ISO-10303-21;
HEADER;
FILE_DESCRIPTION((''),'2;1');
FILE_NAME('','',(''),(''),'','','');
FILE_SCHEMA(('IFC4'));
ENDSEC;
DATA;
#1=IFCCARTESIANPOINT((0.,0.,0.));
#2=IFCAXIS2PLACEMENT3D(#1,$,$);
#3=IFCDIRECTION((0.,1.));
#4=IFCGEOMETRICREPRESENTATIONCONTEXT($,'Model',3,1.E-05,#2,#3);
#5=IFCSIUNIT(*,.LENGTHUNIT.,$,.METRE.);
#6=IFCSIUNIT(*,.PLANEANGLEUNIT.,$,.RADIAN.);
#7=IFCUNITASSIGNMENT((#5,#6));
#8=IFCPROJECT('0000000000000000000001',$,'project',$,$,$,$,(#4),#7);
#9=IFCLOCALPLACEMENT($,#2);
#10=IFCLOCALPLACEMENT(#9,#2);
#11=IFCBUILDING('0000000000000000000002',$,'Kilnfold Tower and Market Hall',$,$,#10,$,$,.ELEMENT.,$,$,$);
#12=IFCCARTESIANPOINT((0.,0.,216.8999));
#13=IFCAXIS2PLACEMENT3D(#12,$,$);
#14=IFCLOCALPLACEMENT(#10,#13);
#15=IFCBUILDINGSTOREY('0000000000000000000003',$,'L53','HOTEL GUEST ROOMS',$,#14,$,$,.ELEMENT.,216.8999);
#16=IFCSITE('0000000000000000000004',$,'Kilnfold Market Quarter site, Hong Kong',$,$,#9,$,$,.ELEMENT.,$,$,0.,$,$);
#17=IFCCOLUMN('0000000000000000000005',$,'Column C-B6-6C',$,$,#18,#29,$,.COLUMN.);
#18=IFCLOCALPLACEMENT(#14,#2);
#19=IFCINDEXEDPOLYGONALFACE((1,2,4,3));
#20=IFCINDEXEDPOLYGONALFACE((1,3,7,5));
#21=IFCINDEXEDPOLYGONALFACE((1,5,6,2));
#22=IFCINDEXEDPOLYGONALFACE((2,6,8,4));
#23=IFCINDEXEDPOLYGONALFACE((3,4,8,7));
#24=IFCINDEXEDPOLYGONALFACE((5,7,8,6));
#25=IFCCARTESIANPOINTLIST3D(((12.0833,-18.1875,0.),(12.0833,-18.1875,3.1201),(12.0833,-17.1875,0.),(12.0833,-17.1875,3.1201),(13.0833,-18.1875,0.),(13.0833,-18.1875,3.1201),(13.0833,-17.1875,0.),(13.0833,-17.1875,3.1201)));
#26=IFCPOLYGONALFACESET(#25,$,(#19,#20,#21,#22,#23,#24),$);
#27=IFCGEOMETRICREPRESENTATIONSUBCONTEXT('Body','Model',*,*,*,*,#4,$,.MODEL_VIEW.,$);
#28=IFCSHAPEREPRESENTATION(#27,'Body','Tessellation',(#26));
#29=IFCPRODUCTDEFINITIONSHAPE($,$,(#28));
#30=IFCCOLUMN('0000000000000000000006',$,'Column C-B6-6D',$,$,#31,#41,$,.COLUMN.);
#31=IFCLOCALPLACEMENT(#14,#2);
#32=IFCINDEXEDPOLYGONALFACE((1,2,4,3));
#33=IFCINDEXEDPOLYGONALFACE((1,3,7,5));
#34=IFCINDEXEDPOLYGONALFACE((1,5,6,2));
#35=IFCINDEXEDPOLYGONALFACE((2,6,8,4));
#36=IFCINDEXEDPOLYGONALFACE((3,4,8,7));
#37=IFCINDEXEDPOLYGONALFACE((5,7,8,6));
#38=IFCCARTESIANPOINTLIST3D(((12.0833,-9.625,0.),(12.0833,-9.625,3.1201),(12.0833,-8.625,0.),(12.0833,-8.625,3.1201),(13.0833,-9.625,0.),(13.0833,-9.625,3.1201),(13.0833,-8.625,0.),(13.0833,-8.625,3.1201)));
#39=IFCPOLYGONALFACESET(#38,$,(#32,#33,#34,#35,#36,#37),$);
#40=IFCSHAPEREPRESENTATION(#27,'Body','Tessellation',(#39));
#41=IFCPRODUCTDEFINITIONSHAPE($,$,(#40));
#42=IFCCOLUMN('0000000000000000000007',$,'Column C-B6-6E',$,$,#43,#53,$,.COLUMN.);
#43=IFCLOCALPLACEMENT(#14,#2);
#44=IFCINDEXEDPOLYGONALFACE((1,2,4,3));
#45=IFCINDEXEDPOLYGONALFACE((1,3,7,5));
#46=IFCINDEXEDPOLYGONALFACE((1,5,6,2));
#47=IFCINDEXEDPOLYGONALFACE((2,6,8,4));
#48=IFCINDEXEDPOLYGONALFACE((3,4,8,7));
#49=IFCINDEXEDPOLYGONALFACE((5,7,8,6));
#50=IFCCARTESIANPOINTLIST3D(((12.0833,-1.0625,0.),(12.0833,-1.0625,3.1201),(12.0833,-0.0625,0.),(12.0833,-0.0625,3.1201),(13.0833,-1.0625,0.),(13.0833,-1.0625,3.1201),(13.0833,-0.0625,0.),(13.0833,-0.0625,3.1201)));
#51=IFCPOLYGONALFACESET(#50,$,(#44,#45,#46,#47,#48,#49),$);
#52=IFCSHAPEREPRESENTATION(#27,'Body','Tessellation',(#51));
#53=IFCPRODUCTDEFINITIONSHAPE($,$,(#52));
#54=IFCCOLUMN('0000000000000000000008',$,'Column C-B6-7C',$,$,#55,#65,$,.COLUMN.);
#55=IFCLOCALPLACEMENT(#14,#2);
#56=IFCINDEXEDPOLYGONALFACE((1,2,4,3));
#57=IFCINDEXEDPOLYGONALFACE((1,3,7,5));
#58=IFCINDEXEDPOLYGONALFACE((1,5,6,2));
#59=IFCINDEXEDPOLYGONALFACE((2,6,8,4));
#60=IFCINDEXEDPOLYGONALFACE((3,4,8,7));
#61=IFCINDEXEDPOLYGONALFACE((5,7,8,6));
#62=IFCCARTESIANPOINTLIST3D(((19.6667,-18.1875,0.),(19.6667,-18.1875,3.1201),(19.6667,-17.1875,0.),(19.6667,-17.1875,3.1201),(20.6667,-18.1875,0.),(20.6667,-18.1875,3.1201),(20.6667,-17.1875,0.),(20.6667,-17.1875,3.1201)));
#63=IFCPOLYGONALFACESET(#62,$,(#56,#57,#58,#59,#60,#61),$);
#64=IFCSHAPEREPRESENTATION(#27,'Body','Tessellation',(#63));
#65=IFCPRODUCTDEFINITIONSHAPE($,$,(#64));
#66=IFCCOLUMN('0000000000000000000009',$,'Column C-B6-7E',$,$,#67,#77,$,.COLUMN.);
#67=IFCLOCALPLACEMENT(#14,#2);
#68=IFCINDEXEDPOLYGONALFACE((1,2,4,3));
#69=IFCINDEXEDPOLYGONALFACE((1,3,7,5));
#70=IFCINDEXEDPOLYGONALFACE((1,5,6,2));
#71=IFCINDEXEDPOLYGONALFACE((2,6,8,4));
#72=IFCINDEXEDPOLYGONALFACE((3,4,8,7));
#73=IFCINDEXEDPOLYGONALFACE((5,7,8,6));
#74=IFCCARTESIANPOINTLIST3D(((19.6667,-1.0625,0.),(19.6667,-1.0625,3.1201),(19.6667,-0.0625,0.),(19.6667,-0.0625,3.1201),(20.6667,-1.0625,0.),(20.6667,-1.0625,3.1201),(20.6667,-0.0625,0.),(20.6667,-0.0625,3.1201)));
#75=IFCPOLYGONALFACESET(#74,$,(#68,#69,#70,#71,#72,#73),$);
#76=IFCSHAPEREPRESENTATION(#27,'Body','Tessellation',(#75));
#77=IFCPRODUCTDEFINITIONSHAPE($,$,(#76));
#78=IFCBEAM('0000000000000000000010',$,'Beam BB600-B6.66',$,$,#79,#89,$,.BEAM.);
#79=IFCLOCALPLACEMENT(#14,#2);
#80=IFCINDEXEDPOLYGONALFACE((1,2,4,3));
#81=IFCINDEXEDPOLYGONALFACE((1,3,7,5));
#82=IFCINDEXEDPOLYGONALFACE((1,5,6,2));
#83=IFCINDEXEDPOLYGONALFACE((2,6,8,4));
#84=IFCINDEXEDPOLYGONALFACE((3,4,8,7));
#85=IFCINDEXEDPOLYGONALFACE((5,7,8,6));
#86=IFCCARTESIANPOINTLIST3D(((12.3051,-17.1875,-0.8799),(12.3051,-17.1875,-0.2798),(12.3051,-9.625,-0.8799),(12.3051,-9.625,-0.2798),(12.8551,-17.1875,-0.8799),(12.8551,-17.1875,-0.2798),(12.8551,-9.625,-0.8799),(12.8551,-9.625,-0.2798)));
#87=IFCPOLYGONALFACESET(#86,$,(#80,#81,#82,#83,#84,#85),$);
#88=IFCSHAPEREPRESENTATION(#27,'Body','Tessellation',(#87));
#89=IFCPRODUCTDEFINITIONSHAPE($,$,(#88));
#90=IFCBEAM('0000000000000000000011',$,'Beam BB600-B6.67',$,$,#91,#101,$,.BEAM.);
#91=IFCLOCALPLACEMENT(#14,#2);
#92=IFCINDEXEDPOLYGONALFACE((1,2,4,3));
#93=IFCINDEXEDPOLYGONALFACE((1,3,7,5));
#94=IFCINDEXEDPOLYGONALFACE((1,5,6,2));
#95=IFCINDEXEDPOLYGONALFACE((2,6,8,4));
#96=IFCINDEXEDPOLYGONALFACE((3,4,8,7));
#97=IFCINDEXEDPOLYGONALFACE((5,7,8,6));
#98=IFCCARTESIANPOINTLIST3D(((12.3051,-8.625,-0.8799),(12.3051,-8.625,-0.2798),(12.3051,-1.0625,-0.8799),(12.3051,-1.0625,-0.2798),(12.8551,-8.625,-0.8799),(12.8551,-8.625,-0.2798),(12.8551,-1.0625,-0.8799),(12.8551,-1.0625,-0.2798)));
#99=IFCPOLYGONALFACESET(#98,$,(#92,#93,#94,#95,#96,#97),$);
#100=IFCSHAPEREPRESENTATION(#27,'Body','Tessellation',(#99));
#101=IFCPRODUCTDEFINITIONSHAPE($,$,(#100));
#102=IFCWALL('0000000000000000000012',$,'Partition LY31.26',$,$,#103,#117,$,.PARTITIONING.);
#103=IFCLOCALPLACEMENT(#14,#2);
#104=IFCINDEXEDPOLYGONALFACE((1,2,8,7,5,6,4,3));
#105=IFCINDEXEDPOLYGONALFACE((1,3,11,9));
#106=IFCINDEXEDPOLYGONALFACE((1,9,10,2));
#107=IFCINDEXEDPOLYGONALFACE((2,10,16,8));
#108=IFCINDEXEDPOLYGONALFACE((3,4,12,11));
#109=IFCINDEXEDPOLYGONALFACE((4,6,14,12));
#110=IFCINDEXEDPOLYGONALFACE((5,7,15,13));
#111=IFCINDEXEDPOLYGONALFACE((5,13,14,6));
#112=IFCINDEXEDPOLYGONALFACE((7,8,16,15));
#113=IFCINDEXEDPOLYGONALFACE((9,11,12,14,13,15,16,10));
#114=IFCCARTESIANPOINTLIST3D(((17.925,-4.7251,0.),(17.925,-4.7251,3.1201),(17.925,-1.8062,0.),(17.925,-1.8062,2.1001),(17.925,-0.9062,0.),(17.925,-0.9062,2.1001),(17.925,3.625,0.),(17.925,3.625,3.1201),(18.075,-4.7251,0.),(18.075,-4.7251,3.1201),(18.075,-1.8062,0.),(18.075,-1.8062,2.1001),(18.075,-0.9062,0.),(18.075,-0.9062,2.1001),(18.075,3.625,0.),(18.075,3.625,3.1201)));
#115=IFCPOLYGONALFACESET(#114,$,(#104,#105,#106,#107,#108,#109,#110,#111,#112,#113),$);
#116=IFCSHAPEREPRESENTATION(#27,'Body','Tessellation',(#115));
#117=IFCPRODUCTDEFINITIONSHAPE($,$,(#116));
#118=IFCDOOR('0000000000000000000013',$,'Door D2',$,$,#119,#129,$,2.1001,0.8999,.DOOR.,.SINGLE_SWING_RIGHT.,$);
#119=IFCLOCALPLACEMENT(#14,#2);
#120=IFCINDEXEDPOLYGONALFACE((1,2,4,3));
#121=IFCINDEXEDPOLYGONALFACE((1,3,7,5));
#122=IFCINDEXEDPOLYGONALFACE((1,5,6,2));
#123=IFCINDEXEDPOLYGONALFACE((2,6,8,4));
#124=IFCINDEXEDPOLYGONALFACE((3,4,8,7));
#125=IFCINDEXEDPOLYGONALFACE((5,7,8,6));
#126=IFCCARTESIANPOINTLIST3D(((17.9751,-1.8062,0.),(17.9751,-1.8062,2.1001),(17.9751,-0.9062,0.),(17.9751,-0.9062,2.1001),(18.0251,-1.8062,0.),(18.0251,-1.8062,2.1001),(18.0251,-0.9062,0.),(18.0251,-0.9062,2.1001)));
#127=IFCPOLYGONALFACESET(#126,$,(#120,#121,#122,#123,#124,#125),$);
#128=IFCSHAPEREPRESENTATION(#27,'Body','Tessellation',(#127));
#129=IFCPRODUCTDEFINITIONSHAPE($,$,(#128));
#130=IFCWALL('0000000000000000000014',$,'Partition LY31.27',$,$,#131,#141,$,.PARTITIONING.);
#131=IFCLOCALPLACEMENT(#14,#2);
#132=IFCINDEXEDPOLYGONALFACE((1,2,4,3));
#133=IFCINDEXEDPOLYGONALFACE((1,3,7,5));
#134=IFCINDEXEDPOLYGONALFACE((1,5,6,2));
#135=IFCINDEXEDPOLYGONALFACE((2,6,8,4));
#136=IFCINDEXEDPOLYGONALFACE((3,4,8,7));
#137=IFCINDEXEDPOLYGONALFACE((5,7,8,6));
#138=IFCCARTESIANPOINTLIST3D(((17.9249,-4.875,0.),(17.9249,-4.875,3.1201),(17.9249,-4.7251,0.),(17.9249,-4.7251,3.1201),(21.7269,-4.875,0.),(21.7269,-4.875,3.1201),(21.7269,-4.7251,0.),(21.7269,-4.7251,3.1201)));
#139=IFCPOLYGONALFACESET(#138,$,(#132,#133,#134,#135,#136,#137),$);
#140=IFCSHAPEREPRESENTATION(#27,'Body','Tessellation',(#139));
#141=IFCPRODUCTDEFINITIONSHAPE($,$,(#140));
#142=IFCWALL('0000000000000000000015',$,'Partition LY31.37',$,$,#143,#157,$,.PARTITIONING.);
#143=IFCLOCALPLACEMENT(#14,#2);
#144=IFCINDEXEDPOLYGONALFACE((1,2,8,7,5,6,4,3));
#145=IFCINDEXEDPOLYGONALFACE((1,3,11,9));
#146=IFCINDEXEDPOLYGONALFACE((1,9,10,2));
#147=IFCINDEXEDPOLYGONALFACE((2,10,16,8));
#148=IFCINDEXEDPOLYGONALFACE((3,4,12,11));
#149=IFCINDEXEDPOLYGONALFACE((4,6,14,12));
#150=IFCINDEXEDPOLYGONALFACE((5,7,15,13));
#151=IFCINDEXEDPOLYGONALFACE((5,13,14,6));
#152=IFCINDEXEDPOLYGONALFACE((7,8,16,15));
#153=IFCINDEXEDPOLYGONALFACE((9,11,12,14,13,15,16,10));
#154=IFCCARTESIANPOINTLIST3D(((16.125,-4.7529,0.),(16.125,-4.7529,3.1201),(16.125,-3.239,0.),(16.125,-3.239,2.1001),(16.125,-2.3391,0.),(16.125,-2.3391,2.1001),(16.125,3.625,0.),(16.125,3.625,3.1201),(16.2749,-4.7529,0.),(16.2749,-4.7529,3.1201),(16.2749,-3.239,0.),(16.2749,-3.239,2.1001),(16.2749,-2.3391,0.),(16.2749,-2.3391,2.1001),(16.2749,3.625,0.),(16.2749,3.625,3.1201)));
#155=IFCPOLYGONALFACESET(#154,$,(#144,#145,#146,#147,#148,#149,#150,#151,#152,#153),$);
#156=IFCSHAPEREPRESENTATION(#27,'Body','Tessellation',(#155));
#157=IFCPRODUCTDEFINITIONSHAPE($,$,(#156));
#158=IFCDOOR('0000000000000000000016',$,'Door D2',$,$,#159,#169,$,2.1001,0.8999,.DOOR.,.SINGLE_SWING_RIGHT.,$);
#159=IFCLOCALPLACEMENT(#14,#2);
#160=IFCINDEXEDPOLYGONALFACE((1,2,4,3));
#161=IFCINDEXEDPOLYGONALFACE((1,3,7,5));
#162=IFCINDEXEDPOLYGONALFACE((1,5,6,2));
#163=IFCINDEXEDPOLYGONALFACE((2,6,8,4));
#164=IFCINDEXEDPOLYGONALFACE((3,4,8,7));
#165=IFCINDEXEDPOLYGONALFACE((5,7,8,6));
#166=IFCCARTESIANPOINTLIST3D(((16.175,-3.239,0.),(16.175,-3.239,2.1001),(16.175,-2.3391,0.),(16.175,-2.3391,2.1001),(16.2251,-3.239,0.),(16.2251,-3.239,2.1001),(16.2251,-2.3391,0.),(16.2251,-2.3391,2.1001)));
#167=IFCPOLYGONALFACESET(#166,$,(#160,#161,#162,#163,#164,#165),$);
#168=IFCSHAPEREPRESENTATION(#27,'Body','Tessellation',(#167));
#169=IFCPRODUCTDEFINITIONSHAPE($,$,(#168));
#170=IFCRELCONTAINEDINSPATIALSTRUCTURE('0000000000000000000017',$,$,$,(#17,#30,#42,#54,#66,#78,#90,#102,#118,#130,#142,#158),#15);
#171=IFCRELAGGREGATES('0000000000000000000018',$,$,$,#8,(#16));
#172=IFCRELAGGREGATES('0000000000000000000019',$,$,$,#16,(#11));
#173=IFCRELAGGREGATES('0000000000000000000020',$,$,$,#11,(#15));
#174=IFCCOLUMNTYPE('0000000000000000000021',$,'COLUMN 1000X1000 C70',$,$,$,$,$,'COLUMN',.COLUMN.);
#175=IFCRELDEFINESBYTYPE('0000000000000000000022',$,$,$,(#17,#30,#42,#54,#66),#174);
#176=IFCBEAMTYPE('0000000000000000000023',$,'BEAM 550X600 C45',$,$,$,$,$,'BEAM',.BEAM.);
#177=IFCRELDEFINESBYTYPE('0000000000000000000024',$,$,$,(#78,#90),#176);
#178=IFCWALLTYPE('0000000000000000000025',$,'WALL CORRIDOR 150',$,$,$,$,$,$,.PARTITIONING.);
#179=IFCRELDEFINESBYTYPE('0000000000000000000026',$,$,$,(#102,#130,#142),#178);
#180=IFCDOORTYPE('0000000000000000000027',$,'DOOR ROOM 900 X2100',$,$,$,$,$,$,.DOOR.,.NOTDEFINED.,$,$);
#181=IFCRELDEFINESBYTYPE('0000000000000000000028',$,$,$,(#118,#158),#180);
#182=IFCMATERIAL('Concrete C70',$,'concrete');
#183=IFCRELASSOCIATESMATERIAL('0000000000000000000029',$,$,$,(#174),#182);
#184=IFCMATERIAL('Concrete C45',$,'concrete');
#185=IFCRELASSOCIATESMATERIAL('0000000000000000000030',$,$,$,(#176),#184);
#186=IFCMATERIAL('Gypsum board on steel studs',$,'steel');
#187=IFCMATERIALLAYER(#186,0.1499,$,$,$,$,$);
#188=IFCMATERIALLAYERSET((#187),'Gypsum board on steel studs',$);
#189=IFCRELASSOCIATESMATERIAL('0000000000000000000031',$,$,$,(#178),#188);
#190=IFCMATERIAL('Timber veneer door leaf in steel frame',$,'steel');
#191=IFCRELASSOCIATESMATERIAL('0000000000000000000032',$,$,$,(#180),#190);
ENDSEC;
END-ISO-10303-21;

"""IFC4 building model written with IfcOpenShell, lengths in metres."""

from ifc_helpers import new_model, si_unit, direction, frame, frame_2d, origin, origin_2d, place, context, subcontext, project, spatial, rectangle, extrude, source, transform, mapped, material, layer, layer_set, material_profile, profile_set, type_object, element, fill, save


model = new_model("IFC4")

# Units and contexts
model_context = context("Model", 3, precision=1e-05, world=origin(), true_north=direction((0.0, 1.0)))
body_context = subcontext(model_context, "Body", "Model", "MODEL_VIEW")
ifc_project = project(units=[si_unit("LENGTHUNIT", "METRE"), si_unit("PLANEANGLEUNIT", "RADIAN")], contexts=[model_context])

# Site, building, storey
site_placement = place(None, origin())
site = spatial("IfcSite", under=ifc_project, at=site_placement, Name="Kilnfold Market Quarter site, Hong Kong", CompositionType="ELEMENT", RefElevation=0.0)
building_placement = place(site_placement, origin())
building = spatial("IfcBuilding", under=site, at=building_placement, Name="Kilnfold Tower and Market Hall", CompositionType="ELEMENT")
storey_placement = place(building_placement, frame((0.0, 0.0, 216.8999)))
storey = spatial("IfcBuildingStorey", under=building, at=storey_placement, Name="L53", Description="HOTEL GUEST ROOMS", CompositionType="ELEMENT", Elevation=216.8999)

# Columns
ifc_material_1 = material(Name="Concrete C70", Category="concrete")
ifc_material_profile_1 = material_profile(ifc_material_1, rectangle(XDim=1.0, YDim=1.0, at=origin_2d()), Name="RC 1000x1000")
ifc_profile_set_1 = profile_set([ifc_material_profile_1], Name="Concrete C70")
column_type = type_object("IfcColumnType", Name="COLUMN 1000X1000 C70", ElementType="COLUMN", PredefinedType="COLUMN", material=ifc_profile_set_1)
shared_shape_1 = source(origin(), body_context, "Body", "SweptSolid", [
    extrude(rectangle(XDim=1.0, YDim=1.0, at=origin_2d()), origin(), (0.0, 0.0, 1.0), 3.1201),
])
for number, where, z_axis, x_axis, name in (
    (1, (12.5833, -17.6875, 0.0), (0.0, 0.0, 1.0), (1.0, 0.0, 0.0), "Column C-B6-6C"),
    (2, (12.5833, -9.125, 0.0), (0.0, 0.0, 1.0), (1.0, 0.0, 0.0), "Column C-B6-6D"),
    (3, (12.5833, -0.5625, 0.0), (0.0, 0.0, 1.0), (1.0, 0.0, 0.0), "Column C-B6-6E"),
    (4, (20.1667, -17.6875, 0.0), (0.0, 0.0, 1.0), (1.0, 0.0, 0.0), "Column C-B6-7C"),
    (5, (20.1667, -0.5625, 0.0), (0.0, 0.0, 1.0), (1.0, 0.0, 0.0), "Column C-B6-7E"),
):
    element("IfcColumn", number, at=place(storey_placement, frame(where, z_axis=z_axis, x_axis=x_axis)), inside=storey, type_object=column_type, Name=name, PredefinedType="COLUMN", context=body_context, shape_type="MappedRepresentation", body=[
        mapped(shared_shape_1, transform((0.0, 0.0, 0.0))),
    ])

# Beams
ifc_material_2 = material(Name="Concrete C45", Category="concrete")
ifc_material_profile_2 = material_profile(ifc_material_2, rectangle(XDim=0.55, YDim=0.6001, at=origin_2d()), Name="RC 550x600")
ifc_profile_set_2 = profile_set([ifc_material_profile_2], Name="Concrete C45")
beam_type = type_object("IfcBeamType", Name="BEAM 550X600 C45", ElementType="BEAM", PredefinedType="BEAM", material=ifc_profile_set_2)
shared_shape_2 = source(origin(), body_context, "Body", "SweptSolid", [
    extrude(rectangle(XDim=0.55, YDim=0.6001, at=origin_2d()), origin(), (0.0, 0.0, 1.0), 7.5625),
])
for number, where, z_axis, x_axis, name in (
    (6, (12.5801, -17.1875, -0.5798), (0.0, 1.0, 0.0), (-1.0, 0.0, 0.0), "Beam BB600-B6.66"),
    (7, (12.5801, -8.625, -0.5798), (0.0, 1.0, 0.0), (-1.0, 0.0, 0.0), "Beam BB600-B6.67"),
):
    element("IfcBeam", number, at=place(storey_placement, frame(where, z_axis=z_axis, x_axis=x_axis)), inside=storey, type_object=beam_type, Name=name, PredefinedType="BEAM", context=body_context, shape_type="MappedRepresentation", body=[
        mapped(shared_shape_2, transform((0.0, 0.0, 0.0))),
    ])

# Wall, opening, door
ifc_material_3 = material(Name="Gypsum board on steel studs", Category="steel")
ifc_layer_1 = layer(ifc_material_3, 0.1499)
ifc_layer_set_1 = layer_set([ifc_layer_1], Name="Gypsum board on steel studs")
wall_type_1 = type_object("IfcWallType", Name="WALL CORRIDOR 150", PredefinedType="PARTITIONING", material=ifc_layer_set_1)
wall_1_placement = place(storey_placement, frame((18.0, -4.7251, 0.0), z_axis=(0.0, 0.0, 1.0), x_axis=(0.0, 1.0, 0.0)))
wall_1 = element("IfcWall", 8, at=wall_1_placement, inside=storey, type_object=wall_type_1, Name="Partition LY31.26", PredefinedType="PARTITIONING", context=body_context, shape_type="SweptSolid", body=[
    extrude(rectangle(XDim=8.3501, YDim=0.1499, at=frame_2d((4.175, 0.0))), origin(), (0.0, 0.0, 1.0), 3.1201),
])
opening_1_placement = place(wall_1_placement, frame((2.9189, 0.0, 0.0)))
opening_1 = element("IfcOpeningElement", 9, at=opening_1_placement, cuts=wall_1, PredefinedType="OPENING", context=body_context, shape_type="SweptSolid", body=[
    extrude(rectangle(XDim=0.8999, YDim=2.1001, at=frame_2d((0.45, 1.05))), frame((0.0, 0.085, 0.0), z_axis=(0.0, -1.0, 0.0), x_axis=(1.0, 0.0, 0.0)), (0.0, 0.0, 1.0), 0.1699),
])
ifc_material_4 = material(Name="Timber veneer door leaf in steel frame", Category="steel")
door_type_1 = type_object("IfcDoorType", Name="DOOR ROOM 900 X2100", OperationType="NOTDEFINED", PredefinedType="DOOR", material=ifc_material_4)
door_1_placement = place(opening_1_placement, origin())
door_1 = element("IfcDoor", 10, at=door_1_placement, inside=storey, type_object=door_type_1, Name="Door D2", OperationType="SINGLE_SWING_RIGHT", OverallHeight=2.1001, OverallWidth=0.8999, PredefinedType="DOOR", context=body_context, shape_type="SweptSolid", body=[
    extrude(rectangle(XDim=0.8999, YDim=2.1001, at=frame_2d((0.45, 1.05))), frame((0.0, 0.0249, 0.0), z_axis=(0.0, -1.0, 0.0), x_axis=(1.0, 0.0, 0.0)), (0.0, 0.0, 1.0), 0.05),
])
fill(opening_1, door_1)

# Wall
wall_2_placement = place(storey_placement, frame((17.925, -4.8, 0.0), z_axis=(0.0, 0.0, 1.0), x_axis=(1.0, 0.0, 0.0)))
element("IfcWall", 11, at=wall_2_placement, inside=storey, type_object=wall_type_1, Name="Partition LY31.27", PredefinedType="PARTITIONING", context=body_context, shape_type="SweptSolid", body=[
    extrude(rectangle(XDim=3.802, YDim=0.1499, at=frame_2d((1.9009, 0.0))), origin(), (0.0, 0.0, 1.0), 3.1201),
])

# Wall, opening, door
wall_3_placement = place(storey_placement, frame((16.2, -4.7529, 0.0), z_axis=(0.0, 0.0, 1.0), x_axis=(0.0, 1.0, 0.0)))
wall_3 = element("IfcWall", 12, at=wall_3_placement, inside=storey, type_object=wall_type_1, Name="Partition LY31.37", PredefinedType="PARTITIONING", context=body_context, shape_type="SweptSolid", body=[
    extrude(rectangle(XDim=8.3779, YDim=0.1499, at=frame_2d((4.189, 0.0))), origin(), (0.0, 0.0, 1.0), 3.1201),
])
opening_2_placement = place(wall_3_placement, frame((1.5139, 0.0, 0.0)))
opening_2 = element("IfcOpeningElement", 13, at=opening_2_placement, cuts=wall_3, PredefinedType="OPENING", context=body_context, shape_type="SweptSolid", body=[
    extrude(rectangle(XDim=0.8999, YDim=2.1001, at=frame_2d((0.45, 1.05))), frame((0.0, 0.085, 0.0), z_axis=(0.0, -1.0, 0.0), x_axis=(1.0, 0.0, 0.0)), (0.0, 0.0, 1.0), 0.1699),
])
door_2_placement = place(opening_2_placement, origin())
door_2 = element("IfcDoor", 14, at=door_2_placement, inside=storey, type_object=door_type_1, Name="Door D2", OperationType="SINGLE_SWING_RIGHT", OverallHeight=2.1001, OverallWidth=0.8999, PredefinedType="DOOR", context=body_context, shape_type="SweptSolid", body=[
    extrude(rectangle(XDim=0.8999, YDim=2.1001, at=frame_2d((0.45, 1.05))), frame((0.0, 0.0249, 0.0), z_axis=(0.0, -1.0, 0.0), x_axis=(1.0, 0.0, 0.0)), (0.0, 0.0, 1.0), 0.05),
])
fill(opening_2, door_2)

save(model, "model.ifc")
